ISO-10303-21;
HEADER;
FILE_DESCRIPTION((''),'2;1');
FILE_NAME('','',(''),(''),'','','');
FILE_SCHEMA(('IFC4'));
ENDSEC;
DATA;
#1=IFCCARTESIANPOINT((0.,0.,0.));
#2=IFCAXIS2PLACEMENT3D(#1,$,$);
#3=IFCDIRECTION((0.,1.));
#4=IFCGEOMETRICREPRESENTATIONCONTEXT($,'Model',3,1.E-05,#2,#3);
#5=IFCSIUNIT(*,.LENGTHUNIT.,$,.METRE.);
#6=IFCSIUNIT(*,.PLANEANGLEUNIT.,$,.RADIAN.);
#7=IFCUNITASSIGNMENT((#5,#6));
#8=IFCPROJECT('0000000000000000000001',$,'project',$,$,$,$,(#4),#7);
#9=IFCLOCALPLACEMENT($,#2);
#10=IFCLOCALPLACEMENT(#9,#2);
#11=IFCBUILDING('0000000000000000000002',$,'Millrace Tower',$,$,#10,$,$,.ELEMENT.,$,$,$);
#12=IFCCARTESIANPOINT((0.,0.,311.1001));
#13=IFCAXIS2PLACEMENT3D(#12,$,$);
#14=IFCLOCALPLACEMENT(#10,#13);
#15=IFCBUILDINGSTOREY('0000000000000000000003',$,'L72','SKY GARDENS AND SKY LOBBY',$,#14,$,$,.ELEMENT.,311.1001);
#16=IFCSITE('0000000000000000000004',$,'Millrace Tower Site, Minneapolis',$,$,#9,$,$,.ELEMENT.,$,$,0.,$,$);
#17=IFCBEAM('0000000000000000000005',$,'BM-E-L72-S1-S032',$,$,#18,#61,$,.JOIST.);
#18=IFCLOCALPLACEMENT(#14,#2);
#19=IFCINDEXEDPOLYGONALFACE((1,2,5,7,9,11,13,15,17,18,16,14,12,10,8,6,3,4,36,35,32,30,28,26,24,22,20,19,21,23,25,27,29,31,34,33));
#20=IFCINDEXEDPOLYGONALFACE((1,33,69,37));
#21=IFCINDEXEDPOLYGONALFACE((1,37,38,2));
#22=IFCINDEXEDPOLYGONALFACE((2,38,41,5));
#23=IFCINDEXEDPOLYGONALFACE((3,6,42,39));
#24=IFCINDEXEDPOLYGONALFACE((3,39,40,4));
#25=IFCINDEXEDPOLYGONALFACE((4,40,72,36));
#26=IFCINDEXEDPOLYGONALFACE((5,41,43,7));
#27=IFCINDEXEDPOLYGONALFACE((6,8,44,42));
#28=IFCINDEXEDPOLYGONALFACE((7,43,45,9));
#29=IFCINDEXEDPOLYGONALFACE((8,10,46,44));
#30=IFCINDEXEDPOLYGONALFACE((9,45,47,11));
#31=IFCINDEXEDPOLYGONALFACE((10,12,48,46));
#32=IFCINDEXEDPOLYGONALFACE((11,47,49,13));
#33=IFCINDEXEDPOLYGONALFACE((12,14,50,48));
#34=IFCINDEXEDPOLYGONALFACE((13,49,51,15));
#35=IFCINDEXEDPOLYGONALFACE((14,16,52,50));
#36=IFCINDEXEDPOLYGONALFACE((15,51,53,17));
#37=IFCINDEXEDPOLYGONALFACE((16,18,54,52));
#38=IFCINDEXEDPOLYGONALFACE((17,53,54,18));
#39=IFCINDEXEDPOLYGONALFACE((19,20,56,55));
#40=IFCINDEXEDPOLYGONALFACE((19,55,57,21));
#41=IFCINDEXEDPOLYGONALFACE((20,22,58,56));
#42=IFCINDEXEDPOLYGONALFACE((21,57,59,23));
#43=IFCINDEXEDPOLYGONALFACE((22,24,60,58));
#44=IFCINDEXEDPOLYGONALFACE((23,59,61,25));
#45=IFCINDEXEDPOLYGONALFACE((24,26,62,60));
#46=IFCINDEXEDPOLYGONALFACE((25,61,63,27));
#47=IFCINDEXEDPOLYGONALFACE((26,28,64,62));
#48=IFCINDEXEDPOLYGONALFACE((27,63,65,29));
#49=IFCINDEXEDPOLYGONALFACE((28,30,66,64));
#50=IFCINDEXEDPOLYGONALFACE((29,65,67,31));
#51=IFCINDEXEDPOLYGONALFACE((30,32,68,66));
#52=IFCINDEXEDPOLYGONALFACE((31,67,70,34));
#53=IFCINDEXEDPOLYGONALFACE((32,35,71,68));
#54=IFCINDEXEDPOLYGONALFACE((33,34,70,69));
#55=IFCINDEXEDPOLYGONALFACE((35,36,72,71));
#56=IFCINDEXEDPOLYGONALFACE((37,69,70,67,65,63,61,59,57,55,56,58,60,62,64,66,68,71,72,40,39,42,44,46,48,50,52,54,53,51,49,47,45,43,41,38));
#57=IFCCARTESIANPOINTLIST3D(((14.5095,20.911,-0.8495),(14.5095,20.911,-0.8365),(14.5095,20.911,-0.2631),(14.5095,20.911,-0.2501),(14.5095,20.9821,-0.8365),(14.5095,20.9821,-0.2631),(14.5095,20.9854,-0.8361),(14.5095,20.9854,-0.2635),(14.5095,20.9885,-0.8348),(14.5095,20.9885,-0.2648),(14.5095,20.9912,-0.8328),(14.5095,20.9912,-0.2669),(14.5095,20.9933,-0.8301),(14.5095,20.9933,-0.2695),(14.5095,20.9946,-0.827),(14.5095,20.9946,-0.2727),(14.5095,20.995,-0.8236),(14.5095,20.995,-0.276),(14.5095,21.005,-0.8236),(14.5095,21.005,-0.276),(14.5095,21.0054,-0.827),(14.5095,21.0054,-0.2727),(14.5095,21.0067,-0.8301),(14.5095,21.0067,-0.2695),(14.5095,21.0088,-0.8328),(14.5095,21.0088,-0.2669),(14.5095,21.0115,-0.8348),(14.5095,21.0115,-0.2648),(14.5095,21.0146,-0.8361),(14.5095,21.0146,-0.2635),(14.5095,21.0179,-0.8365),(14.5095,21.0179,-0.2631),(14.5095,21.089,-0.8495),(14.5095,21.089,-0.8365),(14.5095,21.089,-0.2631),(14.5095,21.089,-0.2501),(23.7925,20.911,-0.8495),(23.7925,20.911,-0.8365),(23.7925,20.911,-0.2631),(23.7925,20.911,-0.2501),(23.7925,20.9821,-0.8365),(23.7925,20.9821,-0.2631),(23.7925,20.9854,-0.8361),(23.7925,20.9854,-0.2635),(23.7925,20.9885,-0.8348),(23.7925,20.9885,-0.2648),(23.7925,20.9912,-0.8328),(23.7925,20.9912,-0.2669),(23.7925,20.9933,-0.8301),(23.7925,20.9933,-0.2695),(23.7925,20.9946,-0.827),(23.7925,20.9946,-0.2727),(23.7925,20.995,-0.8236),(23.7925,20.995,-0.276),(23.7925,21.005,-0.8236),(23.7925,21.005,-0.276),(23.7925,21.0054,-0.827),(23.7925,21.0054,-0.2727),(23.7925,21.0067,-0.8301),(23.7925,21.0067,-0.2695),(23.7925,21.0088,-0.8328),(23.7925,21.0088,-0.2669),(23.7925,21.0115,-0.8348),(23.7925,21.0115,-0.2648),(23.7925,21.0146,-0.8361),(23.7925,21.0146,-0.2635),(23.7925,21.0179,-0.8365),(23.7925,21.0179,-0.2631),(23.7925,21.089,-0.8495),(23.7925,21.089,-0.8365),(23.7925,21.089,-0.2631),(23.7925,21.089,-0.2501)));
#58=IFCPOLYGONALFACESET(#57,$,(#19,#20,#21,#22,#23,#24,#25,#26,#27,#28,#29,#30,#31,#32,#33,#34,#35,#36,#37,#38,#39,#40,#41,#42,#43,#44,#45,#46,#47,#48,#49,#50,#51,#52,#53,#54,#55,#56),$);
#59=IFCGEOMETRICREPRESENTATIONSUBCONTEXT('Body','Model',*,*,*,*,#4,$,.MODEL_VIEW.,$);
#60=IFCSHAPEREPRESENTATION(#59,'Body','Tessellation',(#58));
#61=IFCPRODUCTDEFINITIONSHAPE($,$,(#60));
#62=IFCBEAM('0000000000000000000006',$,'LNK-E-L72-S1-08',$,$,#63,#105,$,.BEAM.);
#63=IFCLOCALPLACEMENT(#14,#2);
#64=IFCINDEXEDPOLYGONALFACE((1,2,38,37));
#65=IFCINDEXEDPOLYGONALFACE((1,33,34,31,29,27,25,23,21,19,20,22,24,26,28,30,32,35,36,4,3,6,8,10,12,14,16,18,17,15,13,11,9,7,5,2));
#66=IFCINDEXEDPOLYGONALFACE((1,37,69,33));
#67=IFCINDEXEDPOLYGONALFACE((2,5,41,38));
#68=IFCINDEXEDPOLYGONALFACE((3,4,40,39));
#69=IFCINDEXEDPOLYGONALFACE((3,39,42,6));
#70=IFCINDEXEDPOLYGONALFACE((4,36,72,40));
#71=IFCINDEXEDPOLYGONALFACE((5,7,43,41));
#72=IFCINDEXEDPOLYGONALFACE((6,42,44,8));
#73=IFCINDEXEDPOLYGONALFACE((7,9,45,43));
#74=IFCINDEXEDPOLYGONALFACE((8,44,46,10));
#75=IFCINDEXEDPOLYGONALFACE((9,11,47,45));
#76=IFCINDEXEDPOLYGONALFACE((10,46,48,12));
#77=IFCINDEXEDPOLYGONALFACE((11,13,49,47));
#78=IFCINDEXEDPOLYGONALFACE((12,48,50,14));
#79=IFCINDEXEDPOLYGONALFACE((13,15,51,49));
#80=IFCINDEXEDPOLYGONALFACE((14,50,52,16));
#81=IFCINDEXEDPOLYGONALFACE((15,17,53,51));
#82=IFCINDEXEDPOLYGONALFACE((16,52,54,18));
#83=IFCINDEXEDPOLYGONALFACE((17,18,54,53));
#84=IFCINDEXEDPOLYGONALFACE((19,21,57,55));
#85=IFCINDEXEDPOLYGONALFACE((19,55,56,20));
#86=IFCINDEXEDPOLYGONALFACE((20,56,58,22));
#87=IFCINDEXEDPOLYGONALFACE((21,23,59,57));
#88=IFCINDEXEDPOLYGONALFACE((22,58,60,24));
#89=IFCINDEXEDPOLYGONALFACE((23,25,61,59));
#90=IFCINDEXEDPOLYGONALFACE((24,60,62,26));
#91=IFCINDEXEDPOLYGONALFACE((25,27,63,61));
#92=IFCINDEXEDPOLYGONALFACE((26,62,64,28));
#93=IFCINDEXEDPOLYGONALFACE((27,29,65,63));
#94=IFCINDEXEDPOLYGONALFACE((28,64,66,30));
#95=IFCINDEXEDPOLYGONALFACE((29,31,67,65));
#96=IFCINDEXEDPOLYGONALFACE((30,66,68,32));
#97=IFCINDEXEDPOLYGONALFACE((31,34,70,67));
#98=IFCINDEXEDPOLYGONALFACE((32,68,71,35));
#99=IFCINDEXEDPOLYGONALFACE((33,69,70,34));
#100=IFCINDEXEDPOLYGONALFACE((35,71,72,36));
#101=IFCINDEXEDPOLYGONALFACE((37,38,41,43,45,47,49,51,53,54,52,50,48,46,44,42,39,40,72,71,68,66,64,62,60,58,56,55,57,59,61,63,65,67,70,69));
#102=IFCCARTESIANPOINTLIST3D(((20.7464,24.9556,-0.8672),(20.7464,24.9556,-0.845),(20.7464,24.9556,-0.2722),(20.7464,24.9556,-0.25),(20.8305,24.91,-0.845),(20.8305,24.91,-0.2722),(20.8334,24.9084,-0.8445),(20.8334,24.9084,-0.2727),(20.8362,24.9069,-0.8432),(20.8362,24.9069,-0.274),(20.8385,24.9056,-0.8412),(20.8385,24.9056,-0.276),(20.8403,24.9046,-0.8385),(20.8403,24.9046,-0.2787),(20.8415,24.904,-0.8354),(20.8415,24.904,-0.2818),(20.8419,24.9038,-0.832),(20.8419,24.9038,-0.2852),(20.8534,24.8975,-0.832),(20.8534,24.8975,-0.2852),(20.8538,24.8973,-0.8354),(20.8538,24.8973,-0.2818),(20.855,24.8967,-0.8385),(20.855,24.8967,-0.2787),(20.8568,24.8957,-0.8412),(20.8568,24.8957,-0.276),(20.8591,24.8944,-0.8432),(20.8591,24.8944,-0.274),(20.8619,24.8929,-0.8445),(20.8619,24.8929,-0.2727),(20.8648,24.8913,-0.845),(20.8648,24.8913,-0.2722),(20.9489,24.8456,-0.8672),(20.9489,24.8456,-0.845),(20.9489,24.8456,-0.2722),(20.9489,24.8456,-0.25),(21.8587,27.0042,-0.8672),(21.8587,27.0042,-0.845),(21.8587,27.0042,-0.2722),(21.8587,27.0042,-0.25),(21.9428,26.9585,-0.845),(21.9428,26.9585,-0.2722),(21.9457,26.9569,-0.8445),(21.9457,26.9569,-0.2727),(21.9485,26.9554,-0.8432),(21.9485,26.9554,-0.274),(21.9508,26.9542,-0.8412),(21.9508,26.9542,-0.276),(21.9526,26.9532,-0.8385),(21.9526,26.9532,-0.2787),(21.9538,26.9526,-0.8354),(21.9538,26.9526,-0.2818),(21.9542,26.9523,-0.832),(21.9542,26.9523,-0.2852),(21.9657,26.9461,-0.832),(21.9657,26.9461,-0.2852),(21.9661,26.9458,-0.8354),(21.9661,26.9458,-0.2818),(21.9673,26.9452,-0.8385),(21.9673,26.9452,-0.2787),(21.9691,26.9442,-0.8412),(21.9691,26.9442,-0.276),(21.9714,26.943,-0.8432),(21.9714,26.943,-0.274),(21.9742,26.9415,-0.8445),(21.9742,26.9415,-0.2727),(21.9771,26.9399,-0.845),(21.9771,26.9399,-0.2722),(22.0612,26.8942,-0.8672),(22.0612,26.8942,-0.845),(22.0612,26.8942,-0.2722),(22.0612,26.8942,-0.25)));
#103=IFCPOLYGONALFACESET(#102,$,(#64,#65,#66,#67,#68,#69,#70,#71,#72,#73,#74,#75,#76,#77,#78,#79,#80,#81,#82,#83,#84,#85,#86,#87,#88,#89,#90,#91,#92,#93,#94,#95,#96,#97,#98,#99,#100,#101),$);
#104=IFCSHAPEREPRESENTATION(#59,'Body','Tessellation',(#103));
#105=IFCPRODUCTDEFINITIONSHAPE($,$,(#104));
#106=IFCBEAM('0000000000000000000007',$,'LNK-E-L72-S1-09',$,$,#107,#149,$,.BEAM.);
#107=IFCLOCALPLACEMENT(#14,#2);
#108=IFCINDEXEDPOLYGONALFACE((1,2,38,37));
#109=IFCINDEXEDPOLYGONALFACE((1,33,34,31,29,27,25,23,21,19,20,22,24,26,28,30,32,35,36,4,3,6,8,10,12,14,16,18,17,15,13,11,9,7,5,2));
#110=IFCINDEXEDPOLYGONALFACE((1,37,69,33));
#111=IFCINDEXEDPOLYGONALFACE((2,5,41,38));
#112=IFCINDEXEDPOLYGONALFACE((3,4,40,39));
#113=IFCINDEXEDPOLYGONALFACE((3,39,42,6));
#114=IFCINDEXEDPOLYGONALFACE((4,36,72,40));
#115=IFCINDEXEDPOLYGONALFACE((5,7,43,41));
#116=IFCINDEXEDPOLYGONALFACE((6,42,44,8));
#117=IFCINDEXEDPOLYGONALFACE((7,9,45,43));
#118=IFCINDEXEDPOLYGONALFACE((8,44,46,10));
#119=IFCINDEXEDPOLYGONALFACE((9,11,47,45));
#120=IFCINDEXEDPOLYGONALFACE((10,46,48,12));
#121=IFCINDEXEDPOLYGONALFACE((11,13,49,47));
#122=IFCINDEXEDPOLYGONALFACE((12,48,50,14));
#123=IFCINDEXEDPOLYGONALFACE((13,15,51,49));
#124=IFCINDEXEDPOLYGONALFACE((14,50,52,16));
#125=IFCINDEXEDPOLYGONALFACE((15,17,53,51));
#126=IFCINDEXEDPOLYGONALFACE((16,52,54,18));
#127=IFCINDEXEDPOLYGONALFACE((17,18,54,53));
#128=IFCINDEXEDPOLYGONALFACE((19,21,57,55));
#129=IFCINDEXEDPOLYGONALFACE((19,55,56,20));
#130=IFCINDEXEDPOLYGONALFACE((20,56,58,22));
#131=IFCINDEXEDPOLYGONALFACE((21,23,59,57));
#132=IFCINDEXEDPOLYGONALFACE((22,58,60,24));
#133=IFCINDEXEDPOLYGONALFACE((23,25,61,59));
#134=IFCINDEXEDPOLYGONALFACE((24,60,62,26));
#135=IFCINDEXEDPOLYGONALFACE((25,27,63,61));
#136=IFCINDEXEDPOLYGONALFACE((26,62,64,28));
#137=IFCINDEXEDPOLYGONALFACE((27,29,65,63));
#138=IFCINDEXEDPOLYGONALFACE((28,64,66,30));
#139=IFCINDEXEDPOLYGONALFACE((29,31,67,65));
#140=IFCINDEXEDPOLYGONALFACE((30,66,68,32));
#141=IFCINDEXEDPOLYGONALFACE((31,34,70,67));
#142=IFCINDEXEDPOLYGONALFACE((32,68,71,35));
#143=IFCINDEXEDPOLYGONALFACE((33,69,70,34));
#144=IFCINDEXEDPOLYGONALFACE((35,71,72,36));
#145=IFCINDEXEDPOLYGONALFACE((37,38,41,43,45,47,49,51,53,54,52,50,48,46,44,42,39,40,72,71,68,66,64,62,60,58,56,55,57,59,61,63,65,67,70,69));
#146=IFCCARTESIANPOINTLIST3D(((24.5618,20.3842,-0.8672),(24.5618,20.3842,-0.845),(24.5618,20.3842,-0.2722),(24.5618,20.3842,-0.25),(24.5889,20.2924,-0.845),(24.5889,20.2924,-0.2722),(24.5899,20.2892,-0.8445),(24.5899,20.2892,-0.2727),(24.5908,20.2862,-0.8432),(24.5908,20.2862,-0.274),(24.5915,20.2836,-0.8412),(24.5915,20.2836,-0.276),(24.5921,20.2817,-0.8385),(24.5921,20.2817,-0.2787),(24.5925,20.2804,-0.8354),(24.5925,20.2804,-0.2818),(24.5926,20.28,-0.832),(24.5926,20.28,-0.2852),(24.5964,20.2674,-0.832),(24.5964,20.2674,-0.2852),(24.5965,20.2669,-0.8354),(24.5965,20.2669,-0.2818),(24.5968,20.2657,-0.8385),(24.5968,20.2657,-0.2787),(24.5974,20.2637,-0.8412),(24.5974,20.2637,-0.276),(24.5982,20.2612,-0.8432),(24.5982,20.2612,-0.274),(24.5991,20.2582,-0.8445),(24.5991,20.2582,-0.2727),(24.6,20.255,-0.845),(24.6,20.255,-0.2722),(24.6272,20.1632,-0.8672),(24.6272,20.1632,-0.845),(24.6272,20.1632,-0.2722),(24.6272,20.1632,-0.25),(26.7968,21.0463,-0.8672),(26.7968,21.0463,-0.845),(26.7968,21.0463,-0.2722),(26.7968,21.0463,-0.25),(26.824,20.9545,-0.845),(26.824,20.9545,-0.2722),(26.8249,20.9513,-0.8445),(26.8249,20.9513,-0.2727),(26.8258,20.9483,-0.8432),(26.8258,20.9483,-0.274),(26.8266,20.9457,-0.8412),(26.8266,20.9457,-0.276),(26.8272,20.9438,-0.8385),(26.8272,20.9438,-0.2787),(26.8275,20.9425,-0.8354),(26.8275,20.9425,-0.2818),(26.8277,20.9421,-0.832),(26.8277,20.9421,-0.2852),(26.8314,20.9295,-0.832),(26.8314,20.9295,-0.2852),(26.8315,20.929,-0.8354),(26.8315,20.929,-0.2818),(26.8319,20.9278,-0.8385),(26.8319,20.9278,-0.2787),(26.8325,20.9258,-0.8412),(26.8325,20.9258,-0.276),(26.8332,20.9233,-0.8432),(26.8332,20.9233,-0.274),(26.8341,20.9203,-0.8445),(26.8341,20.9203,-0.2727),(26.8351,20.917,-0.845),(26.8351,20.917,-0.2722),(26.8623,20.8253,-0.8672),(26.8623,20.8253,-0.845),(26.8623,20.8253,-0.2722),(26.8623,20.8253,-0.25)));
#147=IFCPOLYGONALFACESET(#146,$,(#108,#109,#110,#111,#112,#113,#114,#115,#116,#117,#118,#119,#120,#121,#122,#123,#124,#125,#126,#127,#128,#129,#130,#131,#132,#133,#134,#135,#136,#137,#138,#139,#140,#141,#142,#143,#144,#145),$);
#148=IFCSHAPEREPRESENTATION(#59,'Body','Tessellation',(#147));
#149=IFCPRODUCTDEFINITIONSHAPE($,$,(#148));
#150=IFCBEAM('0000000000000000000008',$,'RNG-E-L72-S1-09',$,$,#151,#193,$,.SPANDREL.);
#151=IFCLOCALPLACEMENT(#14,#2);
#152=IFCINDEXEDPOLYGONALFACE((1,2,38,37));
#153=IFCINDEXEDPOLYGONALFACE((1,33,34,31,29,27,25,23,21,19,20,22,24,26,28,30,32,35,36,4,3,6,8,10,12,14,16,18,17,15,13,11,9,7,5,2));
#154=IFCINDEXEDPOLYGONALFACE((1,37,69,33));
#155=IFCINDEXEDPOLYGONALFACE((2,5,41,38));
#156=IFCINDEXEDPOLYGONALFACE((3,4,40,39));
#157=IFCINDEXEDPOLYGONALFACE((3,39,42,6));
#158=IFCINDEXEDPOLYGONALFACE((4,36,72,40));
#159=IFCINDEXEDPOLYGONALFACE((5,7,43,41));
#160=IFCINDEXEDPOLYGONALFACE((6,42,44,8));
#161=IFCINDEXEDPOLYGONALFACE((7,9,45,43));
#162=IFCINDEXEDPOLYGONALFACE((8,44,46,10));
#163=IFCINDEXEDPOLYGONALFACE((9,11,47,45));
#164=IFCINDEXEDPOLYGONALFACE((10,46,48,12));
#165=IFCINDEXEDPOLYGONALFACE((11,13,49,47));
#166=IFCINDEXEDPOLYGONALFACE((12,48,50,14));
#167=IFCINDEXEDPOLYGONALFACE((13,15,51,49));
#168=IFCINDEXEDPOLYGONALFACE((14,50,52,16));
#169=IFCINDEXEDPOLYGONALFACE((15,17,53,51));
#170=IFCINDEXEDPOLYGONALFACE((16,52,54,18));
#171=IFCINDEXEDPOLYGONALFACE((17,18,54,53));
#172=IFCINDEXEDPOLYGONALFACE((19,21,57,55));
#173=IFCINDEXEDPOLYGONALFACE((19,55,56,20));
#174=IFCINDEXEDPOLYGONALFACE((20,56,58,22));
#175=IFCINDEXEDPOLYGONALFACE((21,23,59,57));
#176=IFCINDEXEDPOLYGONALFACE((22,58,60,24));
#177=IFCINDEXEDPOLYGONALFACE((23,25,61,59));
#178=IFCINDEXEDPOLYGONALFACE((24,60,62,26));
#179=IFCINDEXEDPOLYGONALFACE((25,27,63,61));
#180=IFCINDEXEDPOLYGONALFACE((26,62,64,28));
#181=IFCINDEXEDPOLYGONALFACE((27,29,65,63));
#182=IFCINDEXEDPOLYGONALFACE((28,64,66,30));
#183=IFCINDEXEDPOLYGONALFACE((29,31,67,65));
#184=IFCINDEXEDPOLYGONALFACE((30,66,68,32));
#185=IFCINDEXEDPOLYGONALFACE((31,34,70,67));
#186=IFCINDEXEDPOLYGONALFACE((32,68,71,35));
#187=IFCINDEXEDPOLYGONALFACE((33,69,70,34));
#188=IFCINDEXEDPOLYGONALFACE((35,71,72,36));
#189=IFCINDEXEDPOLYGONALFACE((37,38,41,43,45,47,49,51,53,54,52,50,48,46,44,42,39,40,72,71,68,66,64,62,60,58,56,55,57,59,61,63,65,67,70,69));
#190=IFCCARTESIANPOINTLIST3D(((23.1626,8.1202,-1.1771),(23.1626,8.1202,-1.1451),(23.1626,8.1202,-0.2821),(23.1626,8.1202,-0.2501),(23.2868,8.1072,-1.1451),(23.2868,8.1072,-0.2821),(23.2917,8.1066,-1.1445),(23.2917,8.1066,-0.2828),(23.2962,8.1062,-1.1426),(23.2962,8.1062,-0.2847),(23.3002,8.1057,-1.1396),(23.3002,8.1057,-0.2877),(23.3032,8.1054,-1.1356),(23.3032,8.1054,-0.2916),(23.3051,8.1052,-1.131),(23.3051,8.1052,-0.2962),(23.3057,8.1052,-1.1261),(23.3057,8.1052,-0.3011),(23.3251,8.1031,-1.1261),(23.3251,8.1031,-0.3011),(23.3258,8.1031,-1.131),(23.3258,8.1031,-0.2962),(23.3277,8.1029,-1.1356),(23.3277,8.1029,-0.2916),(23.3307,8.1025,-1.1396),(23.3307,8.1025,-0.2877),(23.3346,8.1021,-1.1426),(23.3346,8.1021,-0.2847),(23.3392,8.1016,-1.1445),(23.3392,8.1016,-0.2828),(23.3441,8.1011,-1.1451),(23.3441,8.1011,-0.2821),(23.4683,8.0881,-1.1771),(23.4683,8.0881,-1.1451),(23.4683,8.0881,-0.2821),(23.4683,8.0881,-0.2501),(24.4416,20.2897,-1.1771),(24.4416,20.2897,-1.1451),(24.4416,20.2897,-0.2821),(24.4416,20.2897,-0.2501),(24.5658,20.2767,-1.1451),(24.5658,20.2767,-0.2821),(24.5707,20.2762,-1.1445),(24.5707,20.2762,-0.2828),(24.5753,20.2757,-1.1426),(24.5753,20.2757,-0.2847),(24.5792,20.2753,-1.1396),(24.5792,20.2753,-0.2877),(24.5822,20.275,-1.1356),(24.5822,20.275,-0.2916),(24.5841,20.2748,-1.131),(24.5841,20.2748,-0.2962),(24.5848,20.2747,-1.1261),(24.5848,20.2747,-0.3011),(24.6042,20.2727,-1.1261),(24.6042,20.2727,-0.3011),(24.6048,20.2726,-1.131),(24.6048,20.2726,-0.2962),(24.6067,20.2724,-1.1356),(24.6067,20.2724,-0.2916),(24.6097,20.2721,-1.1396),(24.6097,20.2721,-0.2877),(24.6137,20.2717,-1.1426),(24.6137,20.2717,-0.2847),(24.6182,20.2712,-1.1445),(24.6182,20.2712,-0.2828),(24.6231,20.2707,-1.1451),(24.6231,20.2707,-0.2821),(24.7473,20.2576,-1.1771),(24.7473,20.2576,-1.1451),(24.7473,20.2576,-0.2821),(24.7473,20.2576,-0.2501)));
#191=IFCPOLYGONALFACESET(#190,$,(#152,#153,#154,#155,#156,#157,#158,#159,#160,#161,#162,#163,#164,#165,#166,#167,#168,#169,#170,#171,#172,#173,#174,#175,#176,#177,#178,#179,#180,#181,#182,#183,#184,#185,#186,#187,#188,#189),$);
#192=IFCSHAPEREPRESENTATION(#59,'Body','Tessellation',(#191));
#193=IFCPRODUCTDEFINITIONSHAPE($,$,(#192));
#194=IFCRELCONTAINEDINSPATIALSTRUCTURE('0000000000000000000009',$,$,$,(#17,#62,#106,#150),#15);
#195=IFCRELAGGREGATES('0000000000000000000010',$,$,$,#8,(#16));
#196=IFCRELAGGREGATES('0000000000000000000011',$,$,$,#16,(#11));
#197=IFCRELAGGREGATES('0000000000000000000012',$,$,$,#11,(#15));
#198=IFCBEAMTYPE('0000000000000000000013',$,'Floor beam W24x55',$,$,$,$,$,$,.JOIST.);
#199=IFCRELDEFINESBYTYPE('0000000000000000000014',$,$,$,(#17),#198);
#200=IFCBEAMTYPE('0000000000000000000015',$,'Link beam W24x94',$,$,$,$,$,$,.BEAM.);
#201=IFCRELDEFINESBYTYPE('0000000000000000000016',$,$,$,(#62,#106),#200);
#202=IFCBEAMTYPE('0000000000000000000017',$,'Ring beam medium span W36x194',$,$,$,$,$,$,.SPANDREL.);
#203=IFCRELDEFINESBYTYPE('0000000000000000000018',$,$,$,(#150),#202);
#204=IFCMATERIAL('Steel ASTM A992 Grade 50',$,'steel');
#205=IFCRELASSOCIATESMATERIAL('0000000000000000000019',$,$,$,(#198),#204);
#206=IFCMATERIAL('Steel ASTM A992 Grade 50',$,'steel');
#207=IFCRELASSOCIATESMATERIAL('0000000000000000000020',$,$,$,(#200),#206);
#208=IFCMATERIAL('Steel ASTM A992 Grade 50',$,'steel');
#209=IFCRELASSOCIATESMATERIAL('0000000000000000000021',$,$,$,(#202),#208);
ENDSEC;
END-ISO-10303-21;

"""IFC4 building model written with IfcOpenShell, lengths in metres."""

from ifc_helpers import new_model, si_unit, direction, frame, origin, origin_2d, place, context, subcontext, project, spatial, i_section, extrude, material, material_profile, profile_set, type_object, element, save


model = new_model("IFC4")

# Units and contexts
model_context = context("Model", 3, precision=1e-05, world=origin(), true_north=direction((0.0, 1.0)))
body_context = subcontext(model_context, "Body", "Model", "MODEL_VIEW")
ifc_project = project(units=[si_unit("LENGTHUNIT", "METRE"), si_unit("PLANEANGLEUNIT", "RADIAN")], contexts=[model_context])

# Site, building, storey
site_placement = place(None, origin())
site = spatial("IfcSite", under=ifc_project, at=site_placement, Name="Millrace Tower Site, Minneapolis", CompositionType="ELEMENT", RefElevation=0.0)
building_placement = place(site_placement, origin())
building = spatial("IfcBuilding", under=site, at=building_placement, Name="Millrace Tower", CompositionType="ELEMENT")
storey_placement = place(building_placement, frame((0.0, 0.0, 311.1001)))
storey = spatial("IfcBuildingStorey", under=building, at=storey_placement, Name="L72", Description="SKY GARDENS AND SKY LOBBY", CompositionType="ELEMENT", Elevation=311.1001)

# Beams
ifc_material_1 = material(Name="Steel ASTM A992 Grade 50", Category="steel")
ifc_material_profile_1 = material_profile(ifc_material_1, i_section(OverallWidth=0.178, OverallDepth=0.5994, WebThickness=0.01, FlangeThickness=0.0129, FilletRadius=0.0129, at=origin_2d()))
ifc_profile_set_1 = profile_set([ifc_material_profile_1], Name="Steel ASTM A992 Grade 50")
beam_type_1 = type_object("IfcBeamType", Name="Floor beam W24x55", PredefinedType="JOIST", material=ifc_profile_set_1)
beam_1_placement = place(storey_placement, frame((14.5095, 21.0, -0.5498), z_axis=(1.0, 0.0, 0.0), x_axis=(0.0, 1.0, 0.0)))
element("IfcBeam", 1, at=beam_1_placement, inside=storey, type_object=beam_type_1, Name="BM-E-L72-S1-S032", PredefinedType="JOIST", context=body_context, shape_type="SweptSolid", body=[
    extrude(i_section(OverallWidth=0.178, OverallDepth=0.5994, WebThickness=0.01, FlangeThickness=0.0129, FilletRadius=0.0129, at=origin_2d()), origin(), (0.0, 0.0, 1.0), 9.283),
])
ifc_material_2 = material(Name="Steel ASTM A992 Grade 50", Category="steel")
ifc_material_profile_2 = material_profile(ifc_material_2, i_section(OverallWidth=0.2305, OverallDepth=0.6172, WebThickness=0.0132, FlangeThickness=0.0222, FilletRadius=0.0129, at=origin_2d()))
ifc_profile_set_2 = profile_set([ifc_material_profile_2], Name="Steel ASTM A992 Grade 50")
beam_type_2 = type_object("IfcBeamType", Name="Link beam W24x94", PredefinedType="BEAM", material=ifc_profile_set_2)
for number, where, z_axis, x_axis, name in (
    (2, (20.8477, 24.9006, -0.5586), (0.477164, 0.878815, 0.0), (-0.878815, 0.477164, 0.0), "LNK-E-L72-S1-08"),
    (3, (24.5945, 20.2737, -0.5586), (0.958815, 0.284031, 0.0), (-0.284031, 0.958815, 0.0), "LNK-E-L72-S1-09"),
):
    element("IfcBeam", number, at=place(storey_placement, frame(where, z_axis=z_axis, x_axis=x_axis)), inside=storey, type_object=beam_type_2, Name=name, PredefinedType="BEAM", context=body_context, shape_type="SweptSolid", body=[
        extrude(i_section(OverallWidth=0.2305, OverallDepth=0.6172, WebThickness=0.0132, FlangeThickness=0.0222, FilletRadius=0.0129, at=origin_2d()), origin(), (0.0, 0.0, 1.0), 2.3311),
    ])
ifc_material_3 = material(Name="Steel ASTM A992 Grade 50", Category="steel")
ifc_material_profile_3 = material_profile(ifc_material_3, i_section(OverallWidth=0.3074, OverallDepth=0.927, WebThickness=0.0195, FlangeThickness=0.032, FilletRadius=0.019, at=origin_2d()))
ifc_profile_set_3 = profile_set([ifc_material_profile_3], Name="Steel ASTM A992 Grade 50")
beam_type_3 = type_object("IfcBeamType", Name="Ring beam medium span W36x194", PredefinedType="SPANDREL", material=ifc_profile_set_3)
beam_2_placement = place(storey_placement, frame((24.5945, 20.2737, -0.7136), z_axis=(-0.104528, -0.994522, 0.0), x_axis=(0.994522, -0.104528, 0.0)))
element("IfcBeam", 4, at=beam_2_placement, inside=storey, type_object=beam_type_3, Name="RNG-E-L72-S1-09", PredefinedType="SPANDREL", context=body_context, shape_type="SweptSolid", body=[
    extrude(i_section(OverallWidth=0.3074, OverallDepth=0.927, WebThickness=0.0195, FlangeThickness=0.032, FilletRadius=0.019, at=origin_2d()), origin(), (0.0, 0.0, 1.0), 12.2366),
])

save(model, "model.ifc")
